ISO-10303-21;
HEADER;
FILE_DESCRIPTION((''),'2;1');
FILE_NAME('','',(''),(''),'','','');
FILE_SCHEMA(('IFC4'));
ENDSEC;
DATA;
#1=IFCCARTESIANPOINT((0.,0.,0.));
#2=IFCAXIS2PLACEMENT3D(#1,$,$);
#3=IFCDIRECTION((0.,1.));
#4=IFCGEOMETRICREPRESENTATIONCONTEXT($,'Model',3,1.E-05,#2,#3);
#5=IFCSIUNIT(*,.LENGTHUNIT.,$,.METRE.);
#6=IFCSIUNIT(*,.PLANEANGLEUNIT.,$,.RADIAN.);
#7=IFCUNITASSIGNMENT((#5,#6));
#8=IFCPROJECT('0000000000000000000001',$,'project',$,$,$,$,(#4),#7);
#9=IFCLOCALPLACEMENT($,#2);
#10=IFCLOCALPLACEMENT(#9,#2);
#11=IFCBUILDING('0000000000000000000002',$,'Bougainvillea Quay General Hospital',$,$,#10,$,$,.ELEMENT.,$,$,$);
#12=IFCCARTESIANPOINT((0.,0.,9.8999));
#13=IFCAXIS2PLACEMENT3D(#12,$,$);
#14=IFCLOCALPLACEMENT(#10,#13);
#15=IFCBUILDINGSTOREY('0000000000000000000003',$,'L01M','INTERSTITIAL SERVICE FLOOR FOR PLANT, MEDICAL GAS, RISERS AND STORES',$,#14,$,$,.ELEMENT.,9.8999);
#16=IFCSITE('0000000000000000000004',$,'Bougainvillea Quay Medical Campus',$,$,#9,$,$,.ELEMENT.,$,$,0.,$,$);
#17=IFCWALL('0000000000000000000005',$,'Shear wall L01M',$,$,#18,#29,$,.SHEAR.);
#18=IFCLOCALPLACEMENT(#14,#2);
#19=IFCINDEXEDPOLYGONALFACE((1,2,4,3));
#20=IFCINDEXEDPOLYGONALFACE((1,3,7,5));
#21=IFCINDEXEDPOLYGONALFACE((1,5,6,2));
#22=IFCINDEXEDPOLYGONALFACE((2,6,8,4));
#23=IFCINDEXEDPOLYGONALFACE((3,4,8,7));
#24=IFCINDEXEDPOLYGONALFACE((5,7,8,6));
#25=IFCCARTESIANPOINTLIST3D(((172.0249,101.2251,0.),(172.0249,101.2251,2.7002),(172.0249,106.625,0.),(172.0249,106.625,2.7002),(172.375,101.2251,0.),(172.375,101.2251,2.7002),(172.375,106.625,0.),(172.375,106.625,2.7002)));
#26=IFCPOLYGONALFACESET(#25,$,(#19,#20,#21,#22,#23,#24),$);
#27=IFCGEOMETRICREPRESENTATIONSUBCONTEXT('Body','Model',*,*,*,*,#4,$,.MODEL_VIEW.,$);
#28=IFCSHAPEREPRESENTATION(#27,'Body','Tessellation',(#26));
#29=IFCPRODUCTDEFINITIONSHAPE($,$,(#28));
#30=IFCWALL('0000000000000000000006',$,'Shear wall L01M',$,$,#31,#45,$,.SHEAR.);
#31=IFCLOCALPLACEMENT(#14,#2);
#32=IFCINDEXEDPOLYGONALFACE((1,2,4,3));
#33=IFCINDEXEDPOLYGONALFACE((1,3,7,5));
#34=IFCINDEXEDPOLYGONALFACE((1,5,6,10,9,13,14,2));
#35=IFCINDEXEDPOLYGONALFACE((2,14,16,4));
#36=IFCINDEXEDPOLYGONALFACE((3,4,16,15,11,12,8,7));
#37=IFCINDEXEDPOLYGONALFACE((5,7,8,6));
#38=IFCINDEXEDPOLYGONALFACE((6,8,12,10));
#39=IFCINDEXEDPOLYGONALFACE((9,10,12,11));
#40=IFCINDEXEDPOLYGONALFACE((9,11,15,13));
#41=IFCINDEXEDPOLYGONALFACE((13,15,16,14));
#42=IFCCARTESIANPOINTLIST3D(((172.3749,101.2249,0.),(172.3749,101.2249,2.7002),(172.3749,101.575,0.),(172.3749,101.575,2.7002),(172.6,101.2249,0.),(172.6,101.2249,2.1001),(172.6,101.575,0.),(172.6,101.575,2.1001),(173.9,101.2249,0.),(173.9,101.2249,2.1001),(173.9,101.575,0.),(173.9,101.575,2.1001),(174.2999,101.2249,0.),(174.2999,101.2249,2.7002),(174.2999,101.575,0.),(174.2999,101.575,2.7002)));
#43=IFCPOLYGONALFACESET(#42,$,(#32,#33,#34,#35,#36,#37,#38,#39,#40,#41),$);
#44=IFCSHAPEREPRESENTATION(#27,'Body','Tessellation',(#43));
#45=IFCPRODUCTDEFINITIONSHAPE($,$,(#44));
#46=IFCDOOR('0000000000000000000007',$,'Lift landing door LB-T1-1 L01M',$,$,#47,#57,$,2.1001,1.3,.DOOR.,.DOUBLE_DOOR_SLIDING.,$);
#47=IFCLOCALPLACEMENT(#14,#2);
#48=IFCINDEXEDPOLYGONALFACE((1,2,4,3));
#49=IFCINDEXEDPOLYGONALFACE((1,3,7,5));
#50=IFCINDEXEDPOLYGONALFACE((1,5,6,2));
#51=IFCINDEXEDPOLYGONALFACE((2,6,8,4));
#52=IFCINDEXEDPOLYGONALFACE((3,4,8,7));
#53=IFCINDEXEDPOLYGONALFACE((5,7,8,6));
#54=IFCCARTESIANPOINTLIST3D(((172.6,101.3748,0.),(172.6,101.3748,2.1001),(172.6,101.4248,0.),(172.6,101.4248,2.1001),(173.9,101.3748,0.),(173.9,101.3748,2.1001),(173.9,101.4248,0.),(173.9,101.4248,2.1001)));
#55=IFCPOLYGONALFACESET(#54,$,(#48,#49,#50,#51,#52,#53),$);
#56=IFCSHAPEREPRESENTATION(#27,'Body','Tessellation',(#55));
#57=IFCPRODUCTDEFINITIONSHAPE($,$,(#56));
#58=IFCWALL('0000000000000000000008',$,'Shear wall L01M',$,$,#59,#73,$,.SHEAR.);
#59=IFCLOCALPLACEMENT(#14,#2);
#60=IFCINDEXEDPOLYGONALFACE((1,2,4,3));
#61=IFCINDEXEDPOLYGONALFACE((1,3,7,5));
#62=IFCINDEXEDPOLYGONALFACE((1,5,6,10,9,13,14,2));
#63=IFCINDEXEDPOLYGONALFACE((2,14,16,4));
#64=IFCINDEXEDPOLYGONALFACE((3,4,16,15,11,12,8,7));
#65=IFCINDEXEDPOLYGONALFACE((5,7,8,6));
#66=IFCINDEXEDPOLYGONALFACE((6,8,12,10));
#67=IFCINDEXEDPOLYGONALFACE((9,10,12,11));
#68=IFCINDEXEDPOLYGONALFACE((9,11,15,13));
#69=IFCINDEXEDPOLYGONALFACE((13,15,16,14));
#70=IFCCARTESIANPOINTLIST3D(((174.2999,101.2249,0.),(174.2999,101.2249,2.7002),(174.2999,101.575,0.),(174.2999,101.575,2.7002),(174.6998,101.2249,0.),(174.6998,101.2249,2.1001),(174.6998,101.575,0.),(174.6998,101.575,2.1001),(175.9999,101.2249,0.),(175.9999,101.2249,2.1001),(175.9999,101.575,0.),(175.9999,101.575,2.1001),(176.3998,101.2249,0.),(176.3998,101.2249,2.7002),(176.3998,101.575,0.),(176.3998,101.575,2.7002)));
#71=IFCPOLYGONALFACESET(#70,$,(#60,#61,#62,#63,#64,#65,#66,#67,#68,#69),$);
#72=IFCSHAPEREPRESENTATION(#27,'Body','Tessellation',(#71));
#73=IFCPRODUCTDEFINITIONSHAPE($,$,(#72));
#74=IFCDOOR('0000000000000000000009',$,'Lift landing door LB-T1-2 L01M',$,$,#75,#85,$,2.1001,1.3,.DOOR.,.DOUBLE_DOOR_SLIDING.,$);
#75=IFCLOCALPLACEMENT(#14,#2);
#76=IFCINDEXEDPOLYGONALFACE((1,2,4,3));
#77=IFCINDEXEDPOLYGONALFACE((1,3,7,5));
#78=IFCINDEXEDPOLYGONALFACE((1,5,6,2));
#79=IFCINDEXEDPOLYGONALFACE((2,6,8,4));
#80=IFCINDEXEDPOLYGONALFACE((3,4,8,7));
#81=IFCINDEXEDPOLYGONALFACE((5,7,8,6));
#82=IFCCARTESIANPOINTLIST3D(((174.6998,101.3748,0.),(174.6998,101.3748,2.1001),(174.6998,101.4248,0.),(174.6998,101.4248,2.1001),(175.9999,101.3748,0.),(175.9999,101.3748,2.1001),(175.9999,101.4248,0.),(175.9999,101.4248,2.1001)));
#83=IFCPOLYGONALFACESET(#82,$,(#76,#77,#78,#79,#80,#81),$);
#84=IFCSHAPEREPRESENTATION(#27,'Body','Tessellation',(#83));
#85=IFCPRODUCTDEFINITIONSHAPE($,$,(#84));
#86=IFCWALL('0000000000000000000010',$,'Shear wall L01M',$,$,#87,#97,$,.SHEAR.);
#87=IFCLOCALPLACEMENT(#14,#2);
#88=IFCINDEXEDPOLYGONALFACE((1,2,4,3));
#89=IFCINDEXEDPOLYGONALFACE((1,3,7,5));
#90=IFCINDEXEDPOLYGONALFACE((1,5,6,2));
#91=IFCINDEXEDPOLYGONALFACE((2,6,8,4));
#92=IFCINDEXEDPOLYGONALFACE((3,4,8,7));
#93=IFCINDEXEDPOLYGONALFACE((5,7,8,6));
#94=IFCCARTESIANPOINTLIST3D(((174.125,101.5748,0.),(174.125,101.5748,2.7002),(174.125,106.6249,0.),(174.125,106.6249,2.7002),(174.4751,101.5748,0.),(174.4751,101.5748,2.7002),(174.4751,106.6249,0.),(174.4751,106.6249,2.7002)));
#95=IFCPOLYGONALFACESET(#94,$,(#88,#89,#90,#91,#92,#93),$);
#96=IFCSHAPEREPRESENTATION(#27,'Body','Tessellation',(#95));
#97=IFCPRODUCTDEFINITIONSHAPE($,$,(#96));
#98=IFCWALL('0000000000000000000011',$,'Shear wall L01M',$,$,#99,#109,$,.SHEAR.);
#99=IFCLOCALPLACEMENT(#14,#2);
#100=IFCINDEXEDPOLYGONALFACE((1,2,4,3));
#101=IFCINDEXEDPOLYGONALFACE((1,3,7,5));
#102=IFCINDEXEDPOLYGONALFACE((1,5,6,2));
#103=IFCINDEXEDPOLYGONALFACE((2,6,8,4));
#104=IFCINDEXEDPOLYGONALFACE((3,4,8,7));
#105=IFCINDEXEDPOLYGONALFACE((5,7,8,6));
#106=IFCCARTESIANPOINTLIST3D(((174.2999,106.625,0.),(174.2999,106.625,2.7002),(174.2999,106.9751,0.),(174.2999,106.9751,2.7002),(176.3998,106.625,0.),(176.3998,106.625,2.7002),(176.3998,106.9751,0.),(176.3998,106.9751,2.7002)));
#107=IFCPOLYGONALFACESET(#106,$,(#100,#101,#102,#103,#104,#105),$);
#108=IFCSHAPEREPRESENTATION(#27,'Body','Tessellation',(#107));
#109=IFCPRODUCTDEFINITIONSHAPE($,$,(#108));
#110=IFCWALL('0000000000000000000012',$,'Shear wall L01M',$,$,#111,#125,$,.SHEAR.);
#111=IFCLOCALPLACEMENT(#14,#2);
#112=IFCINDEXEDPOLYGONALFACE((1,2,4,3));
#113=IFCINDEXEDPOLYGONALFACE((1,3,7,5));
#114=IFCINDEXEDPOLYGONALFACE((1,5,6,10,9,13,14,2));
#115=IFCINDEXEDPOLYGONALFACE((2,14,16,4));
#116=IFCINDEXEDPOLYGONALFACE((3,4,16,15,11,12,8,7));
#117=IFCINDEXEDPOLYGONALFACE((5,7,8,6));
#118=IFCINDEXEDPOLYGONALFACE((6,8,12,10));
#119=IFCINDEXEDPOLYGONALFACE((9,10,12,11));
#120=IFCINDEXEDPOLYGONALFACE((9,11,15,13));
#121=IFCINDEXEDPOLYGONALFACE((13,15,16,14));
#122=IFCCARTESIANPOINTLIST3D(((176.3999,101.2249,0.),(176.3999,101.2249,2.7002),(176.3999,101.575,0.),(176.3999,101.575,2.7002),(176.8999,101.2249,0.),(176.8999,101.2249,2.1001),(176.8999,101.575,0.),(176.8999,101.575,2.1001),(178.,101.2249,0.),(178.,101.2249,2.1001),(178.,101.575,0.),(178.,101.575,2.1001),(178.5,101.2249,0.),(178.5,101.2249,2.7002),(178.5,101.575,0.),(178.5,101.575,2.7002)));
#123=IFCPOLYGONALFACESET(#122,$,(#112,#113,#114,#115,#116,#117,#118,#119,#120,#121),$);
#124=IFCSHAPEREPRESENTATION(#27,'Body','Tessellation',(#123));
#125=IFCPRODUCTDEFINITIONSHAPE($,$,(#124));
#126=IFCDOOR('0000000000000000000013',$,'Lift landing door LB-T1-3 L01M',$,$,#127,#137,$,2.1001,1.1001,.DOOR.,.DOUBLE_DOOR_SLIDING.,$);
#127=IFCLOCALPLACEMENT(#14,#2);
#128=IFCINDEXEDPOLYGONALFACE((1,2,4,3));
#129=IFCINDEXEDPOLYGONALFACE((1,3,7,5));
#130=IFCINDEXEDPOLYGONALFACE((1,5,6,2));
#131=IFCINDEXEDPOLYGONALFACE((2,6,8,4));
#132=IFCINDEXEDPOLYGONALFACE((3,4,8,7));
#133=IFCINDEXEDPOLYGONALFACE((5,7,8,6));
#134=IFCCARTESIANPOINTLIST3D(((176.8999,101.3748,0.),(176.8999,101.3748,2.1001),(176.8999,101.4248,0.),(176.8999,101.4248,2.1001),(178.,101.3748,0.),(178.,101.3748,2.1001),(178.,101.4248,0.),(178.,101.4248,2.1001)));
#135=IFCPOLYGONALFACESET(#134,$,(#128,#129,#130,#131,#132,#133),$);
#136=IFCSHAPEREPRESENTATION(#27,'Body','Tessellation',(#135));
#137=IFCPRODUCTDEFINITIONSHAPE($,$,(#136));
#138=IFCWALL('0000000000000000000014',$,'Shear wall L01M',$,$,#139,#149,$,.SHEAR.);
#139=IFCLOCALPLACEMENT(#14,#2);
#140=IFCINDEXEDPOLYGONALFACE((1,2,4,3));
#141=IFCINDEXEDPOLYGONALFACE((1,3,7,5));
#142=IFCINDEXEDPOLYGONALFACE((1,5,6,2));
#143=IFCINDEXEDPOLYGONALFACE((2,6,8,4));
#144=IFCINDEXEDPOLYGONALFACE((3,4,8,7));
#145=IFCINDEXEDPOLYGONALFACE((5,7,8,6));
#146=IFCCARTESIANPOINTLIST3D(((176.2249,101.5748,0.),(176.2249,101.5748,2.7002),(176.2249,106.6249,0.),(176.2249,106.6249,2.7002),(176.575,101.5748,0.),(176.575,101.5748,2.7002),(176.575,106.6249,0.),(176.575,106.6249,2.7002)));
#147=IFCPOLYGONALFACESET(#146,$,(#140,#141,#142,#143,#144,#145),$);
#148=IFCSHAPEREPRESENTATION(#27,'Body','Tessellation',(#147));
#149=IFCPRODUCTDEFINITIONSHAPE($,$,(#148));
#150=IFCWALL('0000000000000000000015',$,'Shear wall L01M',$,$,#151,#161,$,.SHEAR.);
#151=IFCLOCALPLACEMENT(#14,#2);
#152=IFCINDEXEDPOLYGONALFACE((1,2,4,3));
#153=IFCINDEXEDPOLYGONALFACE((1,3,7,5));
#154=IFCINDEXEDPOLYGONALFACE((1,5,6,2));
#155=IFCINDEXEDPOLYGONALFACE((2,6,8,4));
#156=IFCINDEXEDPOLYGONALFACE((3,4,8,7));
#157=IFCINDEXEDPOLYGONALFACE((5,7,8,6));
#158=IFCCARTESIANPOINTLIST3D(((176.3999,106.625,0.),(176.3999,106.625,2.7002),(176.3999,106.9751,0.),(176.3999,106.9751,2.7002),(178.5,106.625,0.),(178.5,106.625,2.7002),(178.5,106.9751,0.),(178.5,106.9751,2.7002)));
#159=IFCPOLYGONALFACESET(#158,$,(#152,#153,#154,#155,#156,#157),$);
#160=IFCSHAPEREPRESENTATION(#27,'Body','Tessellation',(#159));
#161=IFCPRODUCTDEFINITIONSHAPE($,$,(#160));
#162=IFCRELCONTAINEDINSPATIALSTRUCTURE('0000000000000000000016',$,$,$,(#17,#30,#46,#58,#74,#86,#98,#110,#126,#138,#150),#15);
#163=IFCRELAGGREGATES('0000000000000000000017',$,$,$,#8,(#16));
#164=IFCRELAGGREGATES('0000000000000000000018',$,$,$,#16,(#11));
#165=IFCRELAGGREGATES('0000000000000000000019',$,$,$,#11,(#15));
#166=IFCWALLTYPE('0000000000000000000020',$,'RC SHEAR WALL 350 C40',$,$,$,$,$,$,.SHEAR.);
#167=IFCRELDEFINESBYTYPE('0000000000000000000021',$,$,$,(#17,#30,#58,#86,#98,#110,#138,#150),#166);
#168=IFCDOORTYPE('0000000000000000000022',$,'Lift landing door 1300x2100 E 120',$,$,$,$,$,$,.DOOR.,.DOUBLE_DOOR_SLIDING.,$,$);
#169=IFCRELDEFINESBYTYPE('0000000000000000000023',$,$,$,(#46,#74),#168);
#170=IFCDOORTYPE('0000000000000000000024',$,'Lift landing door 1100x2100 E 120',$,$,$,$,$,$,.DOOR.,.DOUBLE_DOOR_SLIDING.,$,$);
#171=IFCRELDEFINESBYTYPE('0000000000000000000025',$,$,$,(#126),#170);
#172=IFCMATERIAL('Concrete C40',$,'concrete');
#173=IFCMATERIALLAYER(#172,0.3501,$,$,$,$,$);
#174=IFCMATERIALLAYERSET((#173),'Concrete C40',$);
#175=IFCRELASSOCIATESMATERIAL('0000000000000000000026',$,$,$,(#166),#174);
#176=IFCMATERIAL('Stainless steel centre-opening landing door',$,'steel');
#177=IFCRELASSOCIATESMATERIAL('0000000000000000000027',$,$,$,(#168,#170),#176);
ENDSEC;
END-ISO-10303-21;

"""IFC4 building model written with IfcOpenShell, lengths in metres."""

from ifc_helpers import new_model, si_unit, direction, frame, frame_2d, origin, place, context, subcontext, project, spatial, rectangle, extrude, material, layer, layer_set, type_object, element, fill, save


model = new_model("IFC4")

# Units and contexts
model_context = context("Model", 3, precision=1e-05, world=origin(), true_north=direction((0.0, 1.0)))
body_context = subcontext(model_context, "Body", "Model", "MODEL_VIEW")
ifc_project = project(units=[si_unit("LENGTHUNIT", "METRE"), si_unit("PLANEANGLEUNIT", "RADIAN")], contexts=[model_context])

# Site, building, storey
site_placement = place(None, origin())
site = spatial("IfcSite", under=ifc_project, at=site_placement, Name="Bougainvillea Quay Medical Campus", CompositionType="ELEMENT", RefElevation=0.0)
building_placement = place(site_placement, origin())
building = spatial("IfcBuilding", under=site, at=building_placement, Name="Bougainvillea Quay General Hospital", CompositionType="ELEMENT")
storey_placement = place(building_placement, frame((0.0, 0.0, 9.8999)))
storey = spatial("IfcBuildingStorey", under=building, at=storey_placement, Name="L01M", Description="INTERSTITIAL SERVICE FLOOR FOR PLANT, MEDICAL GAS, RISERS AND STORES", CompositionType="ELEMENT", Elevation=9.8999)

# Wall
ifc_material_1 = material(Name="Concrete C40", Category="concrete")
ifc_layer_1 = layer(ifc_material_1, 0.3501)
ifc_layer_set_1 = layer_set([ifc_layer_1], Name="Concrete C40")
wall_type_1 = type_object("IfcWallType", Name="RC SHEAR WALL 350 C40", PredefinedType="SHEAR", material=ifc_layer_set_1)
wall_1_placement = place(storey_placement, frame((172.2, 101.2251, 0.0), z_axis=(0.0, 0.0, 1.0), x_axis=(0.0, 1.0, 0.0)))
element("IfcWall", 1, at=wall_1_placement, inside=storey, type_object=wall_type_1, Name="Shear wall L01M", PredefinedType="SHEAR", context=body_context, shape_type="SweptSolid", body=[
    extrude(rectangle(XDim=5.3999, YDim=0.3501, at=frame_2d((2.7, 0.0))), origin(), (0.0, 0.0, 1.0), 2.7002),
])

# Walls, openings, doors
wall_2_placement = place(storey_placement, frame((172.375, 101.3999, 0.0), z_axis=(0.0, 0.0, 1.0), x_axis=(1.0, 0.0, 0.0)))
wall_2 = element("IfcWall", 2, at=wall_2_placement, inside=storey, type_object=wall_type_1, Name="Shear wall L01M", PredefinedType="SHEAR", context=body_context, shape_type="SweptSolid", body=[
    extrude(rectangle(XDim=1.925, YDim=0.3501, at=frame_2d((0.9624, 0.0))), origin(), (0.0, 0.0, 1.0), 2.7002),
])
opening_1_placement = place(wall_2_placement, frame((0.2251, 0.0, 0.0)))
opening_1 = element("IfcOpeningElement", 3, at=opening_1_placement, cuts=wall_2, PredefinedType="OPENING", context=body_context, shape_type="SweptSolid", body=[
    extrude(rectangle(XDim=1.3, YDim=2.1001, at=frame_2d((0.6499, 1.05))), frame((0.0, 0.1851, 0.0), z_axis=(0.0, -1.0, 0.0), x_axis=(1.0, 0.0, 0.0)), (0.0, 0.0, 1.0), 0.3701),
])
ifc_material_2 = material(Name="Stainless steel centre-opening landing door", Category="steel")
door_type_1 = type_object("IfcDoorType", Name="Lift landing door 1300x2100 E 120", OperationType="DOUBLE_DOOR_SLIDING", PredefinedType="DOOR", material=ifc_material_2)
door_1_placement = place(opening_1_placement, origin())
door_1 = element("IfcDoor", 4, at=door_1_placement, inside=storey, type_object=door_type_1, Name="Lift landing door LB-T1-1 L01M", OperationType="DOUBLE_DOOR_SLIDING", OverallHeight=2.1001, OverallWidth=1.3, PredefinedType="DOOR", context=body_context, shape_type="SweptSolid", body=[
    extrude(rectangle(XDim=1.3, YDim=2.1001, at=frame_2d((0.6499, 1.05))), frame((0.0, 0.0249, 0.0), z_axis=(0.0, -1.0, 0.0), x_axis=(1.0, 0.0, 0.0)), (0.0, 0.0, 1.0), 0.05),
])
fill(opening_1, door_1)
wall_3_placement = place(storey_placement, frame((174.3, 101.3999, 0.0), z_axis=(0.0, 0.0, 1.0), x_axis=(1.0, 0.0, 0.0)))
wall_3 = element("IfcWall", 5, at=wall_3_placement, inside=storey, type_object=wall_type_1, Name="Shear wall L01M", PredefinedType="SHEAR", context=body_context, shape_type="SweptSolid", body=[
    extrude(rectangle(XDim=2.0999, YDim=0.3501, at=frame_2d((1.0498, 0.0))), origin(), (0.0, 0.0, 1.0), 2.7002),
])
opening_2_placement = place(wall_3_placement, frame((0.3999, 0.0, 0.0)))
opening_2 = element("IfcOpeningElement", 6, at=opening_2_placement, cuts=wall_3, PredefinedType="OPENING", context=body_context, shape_type="SweptSolid", body=[
    extrude(rectangle(XDim=1.3, YDim=2.1001, at=frame_2d((0.6499, 1.05))), frame((0.0, 0.1851, 0.0), z_axis=(0.0, -1.0, 0.0), x_axis=(1.0, 0.0, 0.0)), (0.0, 0.0, 1.0), 0.3701),
])
door_2_placement = place(opening_2_placement, origin())
door_2 = element("IfcDoor", 7, at=door_2_placement, inside=storey, type_object=door_type_1, Name="Lift landing door LB-T1-2 L01M", OperationType="DOUBLE_DOOR_SLIDING", OverallHeight=2.1001, OverallWidth=1.3, PredefinedType="DOOR", context=body_context, shape_type="SweptSolid", body=[
    extrude(rectangle(XDim=1.3, YDim=2.1001, at=frame_2d((0.6499, 1.05))), frame((0.0, 0.0249, 0.0), z_axis=(0.0, -1.0, 0.0), x_axis=(1.0, 0.0, 0.0)), (0.0, 0.0, 1.0), 0.05),
])
fill(opening_2, door_2)

# Walls
wall_4_placement = place(storey_placement, frame((174.3, 101.575, 0.0), z_axis=(0.0, 0.0, 1.0), x_axis=(0.0, 1.0, 0.0)))
element("IfcWall", 8, at=wall_4_placement, inside=storey, type_object=wall_type_1, Name="Shear wall L01M", PredefinedType="SHEAR", context=body_context, shape_type="SweptSolid", body=[
    extrude(rectangle(XDim=5.05, YDim=0.3501, at=frame_2d((2.5249, 0.0))), origin(), (0.0, 0.0, 1.0), 2.7002),
])
wall_5_placement = place(storey_placement, frame((174.3, 106.8, 0.0), z_axis=(0.0, 0.0, 1.0), x_axis=(1.0, 0.0, 0.0)))
element("IfcWall", 9, at=wall_5_placement, inside=storey, type_object=wall_type_1, Name="Shear wall L01M", PredefinedType="SHEAR", context=body_context, shape_type="SweptSolid", body=[
    extrude(rectangle(XDim=2.0999, YDim=0.3501, at=frame_2d((1.0498, 0.0))), origin(), (0.0, 0.0, 1.0), 2.7002),
])

# Wall, opening, door
wall_6_placement = place(storey_placement, frame((176.3999, 101.3999, 0.0), z_axis=(0.0, 0.0, 1.0), x_axis=(1.0, 0.0, 0.0)))
wall_6 = element("IfcWall", 10, at=wall_6_placement, inside=storey, type_object=wall_type_1, Name="Shear wall L01M", PredefinedType="SHEAR", context=body_context, shape_type="SweptSolid", body=[
    extrude(rectangle(XDim=2.1001, YDim=0.3501, at=frame_2d((1.05, 0.0))), origin(), (0.0, 0.0, 1.0), 2.7002),
])
opening_3_placement = place(wall_6_placement, frame((0.5, 0.0, 0.0)))
opening_3 = element("IfcOpeningElement", 11, at=opening_3_placement, cuts=wall_6, PredefinedType="OPENING", context=body_context, shape_type="SweptSolid", body=[
    extrude(rectangle(XDim=1.1001, YDim=2.1001, at=frame_2d((0.55, 1.05))), frame((0.0, 0.1851, 0.0), z_axis=(0.0, -1.0, 0.0), x_axis=(1.0, 0.0, 0.0)), (0.0, 0.0, 1.0), 0.3701),
])
door_type_2 = type_object("IfcDoorType", Name="Lift landing door 1100x2100 E 120", OperationType="DOUBLE_DOOR_SLIDING", PredefinedType="DOOR", material=ifc_material_2)
door_3_placement = place(opening_3_placement, origin())
door_3 = element("IfcDoor", 12, at=door_3_placement, inside=storey, type_object=door_type_2, Name="Lift landing door LB-T1-3 L01M", OperationType="DOUBLE_DOOR_SLIDING", OverallHeight=2.1001, OverallWidth=1.1001, PredefinedType="DOOR", context=body_context, shape_type="SweptSolid", body=[
    extrude(rectangle(XDim=1.1001, YDim=2.1001, at=frame_2d((0.55, 1.05))), frame((0.0, 0.0249, 0.0), z_axis=(0.0, -1.0, 0.0), x_axis=(1.0, 0.0, 0.0)), (0.0, 0.0, 1.0), 0.05),
])
fill(opening_3, door_3)

# Walls
wall_7_placement = place(storey_placement, frame((176.3999, 101.575, 0.0), z_axis=(0.0, 0.0, 1.0), x_axis=(0.0, 1.0, 0.0)))
element("IfcWall", 13, at=wall_7_placement, inside=storey, type_object=wall_type_1, Name="Shear wall L01M", PredefinedType="SHEAR", context=body_context, shape_type="SweptSolid", body=[
    extrude(rectangle(XDim=5.05, YDim=0.3501, at=frame_2d((2.5249, 0.0))), origin(), (0.0, 0.0, 1.0), 2.7002),
])
wall_8_placement = place(storey_placement, frame((176.3999, 106.8, 0.0), z_axis=(0.0, 0.0, 1.0), x_axis=(1.0, 0.0, 0.0)))
element("IfcWall", 14, at=wall_8_placement, inside=storey, type_object=wall_type_1, Name="Shear wall L01M", PredefinedType="SHEAR", context=body_context, shape_type="SweptSolid", body=[
    extrude(rectangle(XDim=2.1001, YDim=0.3501, at=frame_2d((1.05, 0.0))), origin(), (0.0, 0.0, 1.0), 2.7002),
])

save(model, "model.ifc")
